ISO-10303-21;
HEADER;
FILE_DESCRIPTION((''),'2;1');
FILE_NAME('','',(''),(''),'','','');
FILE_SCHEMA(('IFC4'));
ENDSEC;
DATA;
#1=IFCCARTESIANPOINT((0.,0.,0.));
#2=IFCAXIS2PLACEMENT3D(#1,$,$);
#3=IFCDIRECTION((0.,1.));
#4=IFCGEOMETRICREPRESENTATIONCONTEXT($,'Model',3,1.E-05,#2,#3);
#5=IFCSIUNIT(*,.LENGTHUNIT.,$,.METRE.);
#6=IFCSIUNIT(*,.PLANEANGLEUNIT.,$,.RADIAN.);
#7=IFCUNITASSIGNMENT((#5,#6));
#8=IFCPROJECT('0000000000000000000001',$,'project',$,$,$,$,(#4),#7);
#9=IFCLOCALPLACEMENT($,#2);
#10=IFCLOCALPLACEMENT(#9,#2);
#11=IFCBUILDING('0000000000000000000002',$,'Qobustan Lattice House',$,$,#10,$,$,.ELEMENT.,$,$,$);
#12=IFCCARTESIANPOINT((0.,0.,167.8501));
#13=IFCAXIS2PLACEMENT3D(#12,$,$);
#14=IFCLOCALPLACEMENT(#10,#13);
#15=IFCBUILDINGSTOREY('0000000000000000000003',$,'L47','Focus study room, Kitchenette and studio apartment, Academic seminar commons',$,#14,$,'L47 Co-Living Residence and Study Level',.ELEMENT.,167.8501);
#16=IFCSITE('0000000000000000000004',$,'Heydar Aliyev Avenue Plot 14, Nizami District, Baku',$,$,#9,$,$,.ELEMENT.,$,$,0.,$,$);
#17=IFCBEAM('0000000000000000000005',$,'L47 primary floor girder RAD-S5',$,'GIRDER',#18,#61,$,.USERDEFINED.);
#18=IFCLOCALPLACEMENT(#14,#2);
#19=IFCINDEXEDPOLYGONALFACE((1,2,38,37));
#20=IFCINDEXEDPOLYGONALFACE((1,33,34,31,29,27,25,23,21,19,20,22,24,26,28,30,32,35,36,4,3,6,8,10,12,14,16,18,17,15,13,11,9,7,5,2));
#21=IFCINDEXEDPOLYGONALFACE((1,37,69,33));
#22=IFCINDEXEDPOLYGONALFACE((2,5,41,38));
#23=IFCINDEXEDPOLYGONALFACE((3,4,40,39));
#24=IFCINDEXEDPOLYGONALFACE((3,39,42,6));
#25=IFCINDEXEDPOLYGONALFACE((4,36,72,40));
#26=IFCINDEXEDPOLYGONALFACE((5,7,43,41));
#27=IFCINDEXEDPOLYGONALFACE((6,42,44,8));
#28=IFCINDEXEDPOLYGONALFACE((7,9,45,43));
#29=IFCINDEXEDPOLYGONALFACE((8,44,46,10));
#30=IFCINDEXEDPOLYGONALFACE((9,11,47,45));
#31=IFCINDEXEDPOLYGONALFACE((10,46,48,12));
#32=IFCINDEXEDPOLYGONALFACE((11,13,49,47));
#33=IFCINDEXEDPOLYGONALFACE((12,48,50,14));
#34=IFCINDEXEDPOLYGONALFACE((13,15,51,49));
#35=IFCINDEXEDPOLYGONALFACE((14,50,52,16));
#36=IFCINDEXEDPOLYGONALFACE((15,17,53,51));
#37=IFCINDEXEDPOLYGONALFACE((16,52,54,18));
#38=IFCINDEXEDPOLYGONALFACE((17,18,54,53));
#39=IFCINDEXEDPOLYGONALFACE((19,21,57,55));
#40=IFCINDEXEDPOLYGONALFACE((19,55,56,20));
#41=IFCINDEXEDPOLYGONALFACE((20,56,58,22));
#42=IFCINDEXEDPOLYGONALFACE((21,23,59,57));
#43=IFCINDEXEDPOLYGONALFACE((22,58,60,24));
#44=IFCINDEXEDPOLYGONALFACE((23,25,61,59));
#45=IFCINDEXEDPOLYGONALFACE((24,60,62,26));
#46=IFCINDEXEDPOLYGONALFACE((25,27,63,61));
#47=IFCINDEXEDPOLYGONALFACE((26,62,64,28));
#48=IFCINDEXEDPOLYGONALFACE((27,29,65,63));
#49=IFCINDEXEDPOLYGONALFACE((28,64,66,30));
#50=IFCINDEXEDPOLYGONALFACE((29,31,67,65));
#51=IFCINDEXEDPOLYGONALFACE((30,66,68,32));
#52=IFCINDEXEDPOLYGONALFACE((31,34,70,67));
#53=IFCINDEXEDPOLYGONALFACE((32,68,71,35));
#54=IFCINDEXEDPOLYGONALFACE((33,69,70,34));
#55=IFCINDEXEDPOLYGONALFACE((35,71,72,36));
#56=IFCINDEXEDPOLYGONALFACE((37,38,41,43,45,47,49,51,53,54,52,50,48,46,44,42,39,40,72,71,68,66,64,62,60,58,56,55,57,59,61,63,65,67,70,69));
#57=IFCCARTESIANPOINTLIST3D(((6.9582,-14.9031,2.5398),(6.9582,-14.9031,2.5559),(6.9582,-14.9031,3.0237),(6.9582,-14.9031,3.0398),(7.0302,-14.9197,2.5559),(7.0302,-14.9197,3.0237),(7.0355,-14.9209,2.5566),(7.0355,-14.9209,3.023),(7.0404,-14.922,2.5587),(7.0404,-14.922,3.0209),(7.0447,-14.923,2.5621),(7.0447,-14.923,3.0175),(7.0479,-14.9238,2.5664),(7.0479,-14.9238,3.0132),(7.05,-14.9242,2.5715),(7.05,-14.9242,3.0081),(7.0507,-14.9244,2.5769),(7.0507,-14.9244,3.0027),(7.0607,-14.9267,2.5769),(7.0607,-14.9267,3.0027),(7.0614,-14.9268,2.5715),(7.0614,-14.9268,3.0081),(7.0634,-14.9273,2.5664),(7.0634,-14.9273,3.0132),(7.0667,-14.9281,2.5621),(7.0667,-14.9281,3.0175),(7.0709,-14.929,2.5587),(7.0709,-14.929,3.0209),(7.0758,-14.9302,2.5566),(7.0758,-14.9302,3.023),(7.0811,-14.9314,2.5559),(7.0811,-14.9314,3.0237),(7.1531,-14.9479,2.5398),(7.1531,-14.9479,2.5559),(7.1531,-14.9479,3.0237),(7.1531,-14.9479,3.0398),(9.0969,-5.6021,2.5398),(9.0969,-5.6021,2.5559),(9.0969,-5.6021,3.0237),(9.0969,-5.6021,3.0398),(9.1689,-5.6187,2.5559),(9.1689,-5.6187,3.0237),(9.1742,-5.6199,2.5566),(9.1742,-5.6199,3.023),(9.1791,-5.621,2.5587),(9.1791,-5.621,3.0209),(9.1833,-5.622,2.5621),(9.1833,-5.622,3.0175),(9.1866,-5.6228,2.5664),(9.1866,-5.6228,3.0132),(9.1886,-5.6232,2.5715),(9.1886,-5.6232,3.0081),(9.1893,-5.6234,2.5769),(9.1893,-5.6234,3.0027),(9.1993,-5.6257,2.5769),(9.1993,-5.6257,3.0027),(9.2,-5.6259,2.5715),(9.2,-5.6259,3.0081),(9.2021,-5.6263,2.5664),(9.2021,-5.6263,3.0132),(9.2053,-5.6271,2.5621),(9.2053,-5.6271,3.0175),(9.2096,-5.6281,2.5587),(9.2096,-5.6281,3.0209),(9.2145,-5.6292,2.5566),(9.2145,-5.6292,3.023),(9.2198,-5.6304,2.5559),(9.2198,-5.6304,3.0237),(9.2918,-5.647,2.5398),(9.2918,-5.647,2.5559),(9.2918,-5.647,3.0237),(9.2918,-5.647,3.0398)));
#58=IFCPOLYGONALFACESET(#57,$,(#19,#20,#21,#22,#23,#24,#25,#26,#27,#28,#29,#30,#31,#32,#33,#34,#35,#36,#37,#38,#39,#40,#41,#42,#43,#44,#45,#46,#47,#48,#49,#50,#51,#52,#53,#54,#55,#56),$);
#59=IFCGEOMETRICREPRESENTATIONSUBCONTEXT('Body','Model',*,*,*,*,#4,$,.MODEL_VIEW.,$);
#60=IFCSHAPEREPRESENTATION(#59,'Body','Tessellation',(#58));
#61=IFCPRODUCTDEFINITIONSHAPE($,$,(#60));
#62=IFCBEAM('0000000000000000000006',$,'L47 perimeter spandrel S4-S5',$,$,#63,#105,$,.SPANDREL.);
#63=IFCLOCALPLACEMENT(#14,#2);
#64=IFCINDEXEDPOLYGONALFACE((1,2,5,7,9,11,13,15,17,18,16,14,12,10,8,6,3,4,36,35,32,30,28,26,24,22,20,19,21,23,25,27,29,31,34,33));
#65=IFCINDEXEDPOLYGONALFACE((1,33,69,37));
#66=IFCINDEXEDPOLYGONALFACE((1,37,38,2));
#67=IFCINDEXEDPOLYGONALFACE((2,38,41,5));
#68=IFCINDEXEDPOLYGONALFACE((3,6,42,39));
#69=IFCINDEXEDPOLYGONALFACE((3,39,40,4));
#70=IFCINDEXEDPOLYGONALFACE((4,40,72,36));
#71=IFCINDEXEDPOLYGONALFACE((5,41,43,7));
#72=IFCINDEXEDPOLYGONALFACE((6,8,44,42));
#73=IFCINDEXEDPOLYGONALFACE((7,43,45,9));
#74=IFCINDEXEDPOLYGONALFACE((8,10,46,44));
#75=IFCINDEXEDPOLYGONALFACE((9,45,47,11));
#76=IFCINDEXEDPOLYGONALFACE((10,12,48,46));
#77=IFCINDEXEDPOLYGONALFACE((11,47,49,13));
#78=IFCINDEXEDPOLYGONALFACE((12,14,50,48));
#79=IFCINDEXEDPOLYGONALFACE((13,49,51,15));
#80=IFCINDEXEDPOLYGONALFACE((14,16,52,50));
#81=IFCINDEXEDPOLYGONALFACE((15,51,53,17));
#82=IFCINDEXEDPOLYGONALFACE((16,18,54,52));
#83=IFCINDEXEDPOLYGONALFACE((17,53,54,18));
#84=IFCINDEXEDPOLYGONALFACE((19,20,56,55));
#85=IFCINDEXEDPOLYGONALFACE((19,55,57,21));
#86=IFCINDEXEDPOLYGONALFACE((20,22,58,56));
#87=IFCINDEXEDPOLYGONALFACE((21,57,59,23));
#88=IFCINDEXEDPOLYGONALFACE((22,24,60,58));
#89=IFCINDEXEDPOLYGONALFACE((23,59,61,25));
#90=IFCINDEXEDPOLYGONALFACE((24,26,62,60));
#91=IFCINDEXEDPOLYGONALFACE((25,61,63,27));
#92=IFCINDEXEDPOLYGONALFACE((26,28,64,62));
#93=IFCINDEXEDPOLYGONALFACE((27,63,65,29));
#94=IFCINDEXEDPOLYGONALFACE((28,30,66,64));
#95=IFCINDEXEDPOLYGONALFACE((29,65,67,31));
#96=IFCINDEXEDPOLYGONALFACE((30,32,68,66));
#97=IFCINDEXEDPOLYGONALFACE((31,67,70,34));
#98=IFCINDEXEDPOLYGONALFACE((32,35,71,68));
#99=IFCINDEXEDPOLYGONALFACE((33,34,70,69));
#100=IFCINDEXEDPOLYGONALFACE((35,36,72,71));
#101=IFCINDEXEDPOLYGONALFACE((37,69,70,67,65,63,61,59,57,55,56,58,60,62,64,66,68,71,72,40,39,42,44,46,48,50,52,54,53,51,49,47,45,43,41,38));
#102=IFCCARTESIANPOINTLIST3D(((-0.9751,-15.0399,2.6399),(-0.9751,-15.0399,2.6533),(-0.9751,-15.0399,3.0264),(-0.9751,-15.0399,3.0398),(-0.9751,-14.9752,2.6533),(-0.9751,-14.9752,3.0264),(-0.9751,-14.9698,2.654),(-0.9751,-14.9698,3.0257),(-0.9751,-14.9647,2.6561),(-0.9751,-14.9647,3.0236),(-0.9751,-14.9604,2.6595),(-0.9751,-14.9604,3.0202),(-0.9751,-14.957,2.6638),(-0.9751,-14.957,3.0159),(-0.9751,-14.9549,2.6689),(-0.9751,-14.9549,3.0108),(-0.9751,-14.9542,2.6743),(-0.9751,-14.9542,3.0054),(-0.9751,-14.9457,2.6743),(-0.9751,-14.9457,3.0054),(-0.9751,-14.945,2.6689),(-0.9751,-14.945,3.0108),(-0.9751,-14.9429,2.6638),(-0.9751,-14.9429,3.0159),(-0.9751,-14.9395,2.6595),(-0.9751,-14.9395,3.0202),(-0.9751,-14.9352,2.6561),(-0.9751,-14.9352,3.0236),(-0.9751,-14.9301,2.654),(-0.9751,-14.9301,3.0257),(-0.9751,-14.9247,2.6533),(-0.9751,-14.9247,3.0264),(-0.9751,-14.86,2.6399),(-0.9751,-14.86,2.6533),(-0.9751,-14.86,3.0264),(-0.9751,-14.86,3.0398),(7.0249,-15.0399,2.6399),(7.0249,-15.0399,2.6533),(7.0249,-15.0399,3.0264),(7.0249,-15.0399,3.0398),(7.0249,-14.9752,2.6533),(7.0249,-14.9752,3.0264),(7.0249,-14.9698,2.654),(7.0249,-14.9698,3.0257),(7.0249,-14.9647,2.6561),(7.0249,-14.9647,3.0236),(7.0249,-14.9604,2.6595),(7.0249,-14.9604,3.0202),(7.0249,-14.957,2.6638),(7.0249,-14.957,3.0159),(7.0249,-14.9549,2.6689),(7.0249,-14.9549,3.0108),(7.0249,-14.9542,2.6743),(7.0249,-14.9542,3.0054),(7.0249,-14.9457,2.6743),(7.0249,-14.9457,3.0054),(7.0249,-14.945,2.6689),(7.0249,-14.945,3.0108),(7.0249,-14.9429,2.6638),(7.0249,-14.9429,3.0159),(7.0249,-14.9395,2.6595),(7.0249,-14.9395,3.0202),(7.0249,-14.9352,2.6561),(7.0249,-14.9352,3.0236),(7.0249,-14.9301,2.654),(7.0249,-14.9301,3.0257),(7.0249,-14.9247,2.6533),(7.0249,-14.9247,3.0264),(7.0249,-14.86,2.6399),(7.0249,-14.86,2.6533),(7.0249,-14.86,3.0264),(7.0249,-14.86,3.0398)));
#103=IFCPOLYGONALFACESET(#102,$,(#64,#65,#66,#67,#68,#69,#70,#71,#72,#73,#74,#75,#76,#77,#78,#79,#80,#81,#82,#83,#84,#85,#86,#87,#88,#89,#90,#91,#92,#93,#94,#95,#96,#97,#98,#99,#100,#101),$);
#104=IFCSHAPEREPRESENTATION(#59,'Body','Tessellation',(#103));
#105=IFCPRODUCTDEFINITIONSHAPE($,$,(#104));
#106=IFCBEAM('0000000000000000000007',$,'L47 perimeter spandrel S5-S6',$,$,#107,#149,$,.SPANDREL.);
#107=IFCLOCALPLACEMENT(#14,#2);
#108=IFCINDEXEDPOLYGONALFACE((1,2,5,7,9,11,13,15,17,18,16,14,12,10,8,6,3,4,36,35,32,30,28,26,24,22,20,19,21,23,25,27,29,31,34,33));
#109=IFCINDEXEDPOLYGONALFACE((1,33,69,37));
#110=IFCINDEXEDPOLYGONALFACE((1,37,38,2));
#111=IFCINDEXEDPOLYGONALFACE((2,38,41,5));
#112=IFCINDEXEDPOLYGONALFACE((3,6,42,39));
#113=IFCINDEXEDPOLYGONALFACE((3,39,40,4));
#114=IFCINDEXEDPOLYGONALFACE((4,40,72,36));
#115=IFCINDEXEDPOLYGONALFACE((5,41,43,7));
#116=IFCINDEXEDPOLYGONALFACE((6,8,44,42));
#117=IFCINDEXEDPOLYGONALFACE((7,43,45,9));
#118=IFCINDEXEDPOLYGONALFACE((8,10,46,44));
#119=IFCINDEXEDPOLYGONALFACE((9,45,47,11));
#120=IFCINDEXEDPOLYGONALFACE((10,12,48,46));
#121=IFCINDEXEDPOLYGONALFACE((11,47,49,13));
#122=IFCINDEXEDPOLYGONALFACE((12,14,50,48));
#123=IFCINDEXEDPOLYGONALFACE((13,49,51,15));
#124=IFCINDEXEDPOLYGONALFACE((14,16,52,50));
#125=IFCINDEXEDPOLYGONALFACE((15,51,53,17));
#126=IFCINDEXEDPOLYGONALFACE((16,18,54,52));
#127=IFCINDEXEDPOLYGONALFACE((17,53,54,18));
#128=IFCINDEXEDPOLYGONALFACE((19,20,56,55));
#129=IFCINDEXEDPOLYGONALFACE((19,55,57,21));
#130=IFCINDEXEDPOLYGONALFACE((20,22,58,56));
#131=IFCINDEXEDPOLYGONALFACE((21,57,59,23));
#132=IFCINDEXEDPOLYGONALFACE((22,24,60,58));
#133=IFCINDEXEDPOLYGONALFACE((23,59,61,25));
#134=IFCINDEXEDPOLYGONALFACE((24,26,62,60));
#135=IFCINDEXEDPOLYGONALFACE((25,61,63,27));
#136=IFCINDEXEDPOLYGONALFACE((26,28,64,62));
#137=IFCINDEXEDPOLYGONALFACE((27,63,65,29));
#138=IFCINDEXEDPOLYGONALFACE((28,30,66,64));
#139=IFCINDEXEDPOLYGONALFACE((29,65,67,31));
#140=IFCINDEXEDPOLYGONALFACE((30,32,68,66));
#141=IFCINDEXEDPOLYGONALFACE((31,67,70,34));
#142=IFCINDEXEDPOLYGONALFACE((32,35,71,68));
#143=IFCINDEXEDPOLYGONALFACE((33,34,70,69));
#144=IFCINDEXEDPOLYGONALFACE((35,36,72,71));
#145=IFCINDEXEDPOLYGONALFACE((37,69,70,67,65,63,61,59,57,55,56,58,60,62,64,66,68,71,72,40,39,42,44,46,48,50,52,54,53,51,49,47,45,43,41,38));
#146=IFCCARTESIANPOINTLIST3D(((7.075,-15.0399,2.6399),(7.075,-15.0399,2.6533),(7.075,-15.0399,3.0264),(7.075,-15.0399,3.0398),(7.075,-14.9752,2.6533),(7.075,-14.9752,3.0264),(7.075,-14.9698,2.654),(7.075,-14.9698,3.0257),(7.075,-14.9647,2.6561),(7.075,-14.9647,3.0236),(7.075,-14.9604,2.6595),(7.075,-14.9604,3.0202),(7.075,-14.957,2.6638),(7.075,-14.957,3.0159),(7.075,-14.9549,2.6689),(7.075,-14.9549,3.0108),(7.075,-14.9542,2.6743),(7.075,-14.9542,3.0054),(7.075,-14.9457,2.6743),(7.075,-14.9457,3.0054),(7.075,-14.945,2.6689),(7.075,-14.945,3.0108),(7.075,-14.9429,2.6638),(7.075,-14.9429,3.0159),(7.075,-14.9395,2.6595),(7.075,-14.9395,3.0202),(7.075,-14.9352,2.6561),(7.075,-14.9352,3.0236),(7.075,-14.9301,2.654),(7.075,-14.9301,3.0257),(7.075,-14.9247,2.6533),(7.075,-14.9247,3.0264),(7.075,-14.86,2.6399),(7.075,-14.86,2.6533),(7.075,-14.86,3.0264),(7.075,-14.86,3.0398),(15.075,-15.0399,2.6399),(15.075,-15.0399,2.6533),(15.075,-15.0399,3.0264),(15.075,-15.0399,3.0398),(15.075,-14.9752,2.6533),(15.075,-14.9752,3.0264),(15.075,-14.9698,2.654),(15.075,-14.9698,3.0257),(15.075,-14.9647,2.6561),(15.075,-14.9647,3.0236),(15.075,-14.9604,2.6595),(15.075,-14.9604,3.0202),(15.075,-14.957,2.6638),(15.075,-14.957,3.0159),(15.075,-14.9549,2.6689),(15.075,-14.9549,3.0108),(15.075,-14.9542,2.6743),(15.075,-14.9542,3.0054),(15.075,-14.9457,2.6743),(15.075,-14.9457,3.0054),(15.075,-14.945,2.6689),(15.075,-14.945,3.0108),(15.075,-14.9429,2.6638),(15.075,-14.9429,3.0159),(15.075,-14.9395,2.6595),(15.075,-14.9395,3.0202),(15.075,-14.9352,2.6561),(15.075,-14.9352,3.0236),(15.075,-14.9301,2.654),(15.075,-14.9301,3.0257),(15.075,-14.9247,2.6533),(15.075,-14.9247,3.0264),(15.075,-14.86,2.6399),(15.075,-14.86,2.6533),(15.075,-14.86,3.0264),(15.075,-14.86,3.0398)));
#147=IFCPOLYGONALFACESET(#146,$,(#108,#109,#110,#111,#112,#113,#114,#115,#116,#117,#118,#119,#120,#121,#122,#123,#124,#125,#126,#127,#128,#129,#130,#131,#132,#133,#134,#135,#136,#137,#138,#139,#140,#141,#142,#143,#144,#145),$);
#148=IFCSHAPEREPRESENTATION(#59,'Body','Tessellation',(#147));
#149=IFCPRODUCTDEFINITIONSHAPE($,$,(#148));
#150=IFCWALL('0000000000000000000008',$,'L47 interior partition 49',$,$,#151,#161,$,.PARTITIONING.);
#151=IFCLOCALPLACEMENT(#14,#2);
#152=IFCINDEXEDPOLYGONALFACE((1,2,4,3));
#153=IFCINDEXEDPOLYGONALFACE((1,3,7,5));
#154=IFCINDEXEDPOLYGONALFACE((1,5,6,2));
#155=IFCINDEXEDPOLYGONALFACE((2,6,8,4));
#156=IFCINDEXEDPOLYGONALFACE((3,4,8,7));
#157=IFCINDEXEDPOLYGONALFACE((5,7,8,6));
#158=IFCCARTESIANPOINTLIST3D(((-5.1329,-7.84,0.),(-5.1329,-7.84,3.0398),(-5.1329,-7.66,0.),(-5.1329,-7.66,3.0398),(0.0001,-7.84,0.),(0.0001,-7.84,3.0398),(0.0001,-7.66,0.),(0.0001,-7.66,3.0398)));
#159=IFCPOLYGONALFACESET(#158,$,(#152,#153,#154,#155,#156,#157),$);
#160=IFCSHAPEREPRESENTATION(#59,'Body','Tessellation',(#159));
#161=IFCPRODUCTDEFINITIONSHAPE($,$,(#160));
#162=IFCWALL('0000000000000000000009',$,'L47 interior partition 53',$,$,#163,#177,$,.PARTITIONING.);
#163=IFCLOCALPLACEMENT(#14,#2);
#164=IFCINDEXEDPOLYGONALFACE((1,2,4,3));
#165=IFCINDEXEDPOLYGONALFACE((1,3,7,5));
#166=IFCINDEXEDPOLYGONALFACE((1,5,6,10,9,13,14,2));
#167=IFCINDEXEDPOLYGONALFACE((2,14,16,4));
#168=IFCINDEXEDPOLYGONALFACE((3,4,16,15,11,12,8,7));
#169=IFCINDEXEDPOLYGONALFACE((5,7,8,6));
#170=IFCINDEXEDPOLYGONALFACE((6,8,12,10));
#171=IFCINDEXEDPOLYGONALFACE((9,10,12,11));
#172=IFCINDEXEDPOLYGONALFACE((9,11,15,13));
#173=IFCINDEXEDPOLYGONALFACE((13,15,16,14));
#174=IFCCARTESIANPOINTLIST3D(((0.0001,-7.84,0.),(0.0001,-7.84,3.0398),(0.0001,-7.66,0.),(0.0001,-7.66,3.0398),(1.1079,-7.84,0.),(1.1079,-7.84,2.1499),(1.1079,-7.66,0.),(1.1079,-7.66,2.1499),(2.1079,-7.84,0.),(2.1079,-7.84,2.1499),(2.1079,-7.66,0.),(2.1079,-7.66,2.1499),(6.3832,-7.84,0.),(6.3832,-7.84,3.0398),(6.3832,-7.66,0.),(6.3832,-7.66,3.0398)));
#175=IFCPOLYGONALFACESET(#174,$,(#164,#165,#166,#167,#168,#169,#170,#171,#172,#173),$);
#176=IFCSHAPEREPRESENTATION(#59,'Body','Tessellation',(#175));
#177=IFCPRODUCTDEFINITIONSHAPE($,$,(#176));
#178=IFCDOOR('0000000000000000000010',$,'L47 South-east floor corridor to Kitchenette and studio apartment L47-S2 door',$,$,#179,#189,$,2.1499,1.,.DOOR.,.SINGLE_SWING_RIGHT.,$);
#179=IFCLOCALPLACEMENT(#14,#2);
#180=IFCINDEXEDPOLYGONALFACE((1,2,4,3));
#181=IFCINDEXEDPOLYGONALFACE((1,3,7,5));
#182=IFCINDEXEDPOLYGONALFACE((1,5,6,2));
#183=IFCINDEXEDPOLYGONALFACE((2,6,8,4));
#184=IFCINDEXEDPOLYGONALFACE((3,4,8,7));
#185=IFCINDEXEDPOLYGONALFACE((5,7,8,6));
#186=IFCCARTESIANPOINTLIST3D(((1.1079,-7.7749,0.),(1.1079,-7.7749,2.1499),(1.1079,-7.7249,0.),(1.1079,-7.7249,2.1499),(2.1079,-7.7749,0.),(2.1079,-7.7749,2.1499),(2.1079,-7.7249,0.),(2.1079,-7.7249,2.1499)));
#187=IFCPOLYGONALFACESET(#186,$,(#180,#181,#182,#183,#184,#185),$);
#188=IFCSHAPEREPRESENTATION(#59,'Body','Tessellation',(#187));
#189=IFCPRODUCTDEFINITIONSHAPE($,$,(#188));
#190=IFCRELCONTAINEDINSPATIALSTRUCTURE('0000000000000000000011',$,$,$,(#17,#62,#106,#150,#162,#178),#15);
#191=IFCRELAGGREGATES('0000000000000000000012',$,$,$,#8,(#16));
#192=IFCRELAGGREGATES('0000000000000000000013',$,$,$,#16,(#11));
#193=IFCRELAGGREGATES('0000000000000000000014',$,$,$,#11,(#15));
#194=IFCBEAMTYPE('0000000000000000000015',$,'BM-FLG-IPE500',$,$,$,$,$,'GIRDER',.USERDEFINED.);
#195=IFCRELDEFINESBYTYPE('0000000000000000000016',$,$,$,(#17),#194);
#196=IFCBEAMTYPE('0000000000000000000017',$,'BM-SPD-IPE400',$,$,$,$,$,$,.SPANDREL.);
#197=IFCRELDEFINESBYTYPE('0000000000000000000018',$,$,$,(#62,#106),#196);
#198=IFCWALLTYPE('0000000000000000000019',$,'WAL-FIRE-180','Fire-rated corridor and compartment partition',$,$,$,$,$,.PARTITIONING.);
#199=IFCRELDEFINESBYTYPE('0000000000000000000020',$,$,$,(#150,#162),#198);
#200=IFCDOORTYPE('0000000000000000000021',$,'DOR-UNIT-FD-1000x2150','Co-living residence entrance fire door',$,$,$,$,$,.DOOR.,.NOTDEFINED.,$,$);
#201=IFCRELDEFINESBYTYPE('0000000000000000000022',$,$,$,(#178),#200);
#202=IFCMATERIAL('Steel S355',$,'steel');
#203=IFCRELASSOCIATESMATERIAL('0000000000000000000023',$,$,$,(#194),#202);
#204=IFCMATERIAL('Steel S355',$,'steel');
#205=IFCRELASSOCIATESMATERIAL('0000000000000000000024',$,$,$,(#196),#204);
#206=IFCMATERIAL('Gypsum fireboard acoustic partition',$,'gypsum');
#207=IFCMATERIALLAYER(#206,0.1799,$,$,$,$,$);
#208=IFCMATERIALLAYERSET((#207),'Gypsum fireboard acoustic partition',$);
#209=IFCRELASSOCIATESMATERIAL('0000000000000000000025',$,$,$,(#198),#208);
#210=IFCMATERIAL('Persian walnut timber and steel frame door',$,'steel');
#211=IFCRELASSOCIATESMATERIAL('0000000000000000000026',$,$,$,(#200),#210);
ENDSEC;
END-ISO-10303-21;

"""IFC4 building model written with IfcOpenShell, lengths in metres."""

from ifc_helpers import new_model, si_unit, direction, frame, frame_2d, origin, origin_2d, place, context, subcontext, project, spatial, rectangle, i_section, extrude, material, layer, layer_set, material_profile, profile_set, type_object, element, fill, save


model = new_model("IFC4")

# Units and contexts
model_context = context("Model", 3, precision=1e-05, world=origin(), true_north=direction((0.0, 1.0)))
body_context = subcontext(model_context, "Body", "Model", "MODEL_VIEW")
ifc_project = project(units=[si_unit("LENGTHUNIT", "METRE"), si_unit("PLANEANGLEUNIT", "RADIAN")], contexts=[model_context])

# Site, building, storey
site_placement = place(None, origin())
site = spatial("IfcSite", under=ifc_project, at=site_placement, Name="Heydar Aliyev Avenue Plot 14, Nizami District, Baku", CompositionType="ELEMENT", RefElevation=0.0)
building_placement = place(site_placement, origin())
building = spatial("IfcBuilding", under=site, at=building_placement, Name="Qobustan Lattice House", CompositionType="ELEMENT")
storey_placement = place(building_placement, frame((0.0, 0.0, 167.8501)))
storey = spatial("IfcBuildingStorey", under=building, at=storey_placement, Name="L47", Description="Focus study room, Kitchenette and studio apartment, Academic seminar commons", LongName="L47 Co-Living Residence and Study Level", CompositionType="ELEMENT", Elevation=167.8501)

# Beams
ifc_material_1 = material(Name="Steel S355", Category="steel")
ifc_material_profile_1 = material_profile(ifc_material_1, i_section(OverallWidth=0.2, OverallDepth=0.5, WebThickness=0.0103, FlangeThickness=0.0161, FilletRadius=0.021, at=origin_2d()), Name="IPE500")
ifc_profile_set_1 = profile_set([ifc_material_profile_1], Name="Steel S355")
beam_type_1 = type_object("IfcBeamType", Name="BM-FLG-IPE500", ElementType="GIRDER", PredefinedType="USERDEFINED", material=ifc_profile_set_1)
beam_1_placement = place(storey_placement, frame((7.0557, -14.9255, 2.7898), z_axis=(0.224092, 0.974568, 0.0), x_axis=(-0.974568, 0.224092, 0.0)))
element("IfcBeam", 1, at=beam_1_placement, inside=storey, type_object=beam_type_1, Name="L47 primary floor girder RAD-S5", ObjectType="GIRDER", PredefinedType="USERDEFINED", context=body_context, shape_type="SweptSolid", body=[
    extrude(i_section(OverallWidth=0.2, OverallDepth=0.5, WebThickness=0.0103, FlangeThickness=0.0161, FilletRadius=0.021, at=origin_2d()), origin(), (0.0, 0.0, 1.0), 9.5437),
])
ifc_material_2 = material(Name="Steel S355", Category="steel")
ifc_material_profile_2 = material_profile(ifc_material_2, i_section(OverallWidth=0.1799, OverallDepth=0.3999, WebThickness=0.0085, FlangeThickness=0.0134, FilletRadius=0.021, at=origin_2d()), Name="IPE400")
ifc_profile_set_2 = profile_set([ifc_material_profile_2], Name="Steel S355")
beam_type_2 = type_object("IfcBeamType", Name="BM-SPD-IPE400", PredefinedType="SPANDREL", material=ifc_profile_set_2)
for number, where, z_axis, x_axis, name in (
    (2, (-0.9751, -14.95, 2.8398), (1.0, 0.0, 0.0), (0.0, 1.0, 0.0), "L47 perimeter spandrel S4-S5"),
    (3, (7.075, -14.95, 2.8398), (1.0, 0.0, 0.0), (0.0, 1.0, 0.0), "L47 perimeter spandrel S5-S6"),
):
    element("IfcBeam", number, at=place(storey_placement, frame(where, z_axis=z_axis, x_axis=x_axis)), inside=storey, type_object=beam_type_2, Name=name, PredefinedType="SPANDREL", context=body_context, shape_type="SweptSolid", body=[
        extrude(i_section(OverallWidth=0.1799, OverallDepth=0.3999, WebThickness=0.0085, FlangeThickness=0.0134, FilletRadius=0.021, at=origin_2d()), origin(), (0.0, 0.0, 1.0), 8.0),
    ])

# Wall
ifc_material_3 = material(Name="Gypsum fireboard acoustic partition", Category="gypsum")
ifc_layer_1 = layer(ifc_material_3, 0.1799)
ifc_layer_set_1 = layer_set([ifc_layer_1], Name="Gypsum fireboard acoustic partition")
wall_type_1 = type_object("IfcWallType", Name="WAL-FIRE-180", Description="Fire-rated corridor and compartment partition", PredefinedType="PARTITIONING", material=ifc_layer_set_1)
wall_1_placement = place(storey_placement, frame((0.0, -7.75, 0.0), z_axis=(0.0, 0.0, 1.0), x_axis=(-1.0, 0.0, 0.0)))
element("IfcWall", 4, at=wall_1_placement, inside=storey, type_object=wall_type_1, Name="L47 interior partition 49", PredefinedType="PARTITIONING", context=body_context, shape_type="SweptSolid", body=[
    extrude(rectangle(XDim=5.1331, YDim=0.1799, at=frame_2d((2.5664, 0.0))), origin(), (0.0, 0.0, 1.0), 3.0398),
])

# Wall, opening, door
wall_2_placement = place(storey_placement, frame((6.3831, -7.75, 0.0), z_axis=(0.0, 0.0, 1.0), x_axis=(-1.0, 0.0, 0.0)))
wall_2 = element("IfcWall", 5, at=wall_2_placement, inside=storey, type_object=wall_type_1, Name="L47 interior partition 53", PredefinedType="PARTITIONING", context=body_context, shape_type="SweptSolid", body=[
    extrude(rectangle(XDim=6.3831, YDim=0.1799, at=frame_2d((3.1914, 0.0))), origin(), (0.0, 0.0, 1.0), 3.0398),
])
opening_1_placement = place(wall_2_placement, frame((4.2751, 0.0, 0.0)))
opening_1 = element("IfcOpeningElement", 6, at=opening_1_placement, cuts=wall_2, PredefinedType="OPENING", context=body_context, shape_type="SweptSolid", body=[
    extrude(rectangle(XDim=1.0, YDim=2.1499, at=frame_2d((0.5, 1.075))), frame((0.0, 0.0999, 0.0), z_axis=(0.0, -1.0, 0.0), x_axis=(1.0, 0.0, 0.0)), (0.0, 0.0, 1.0), 0.2),
])
ifc_material_4 = material(Name="Persian walnut timber and steel frame door", Category="steel")
door_type_1 = type_object("IfcDoorType", Name="DOR-UNIT-FD-1000x2150", Description="Co-living residence entrance fire door", OperationType="NOTDEFINED", PredefinedType="DOOR", material=ifc_material_4)
door_1_placement = place(opening_1_placement, origin())
door_1 = element("IfcDoor", 7, at=door_1_placement, inside=storey, type_object=door_type_1, Name="L47 South-east floor corridor to Kitchenette and studio apartment L47-S2 door", OperationType="SINGLE_SWING_RIGHT", OverallHeight=2.1499, OverallWidth=1.0, PredefinedType="DOOR", context=body_context, shape_type="SweptSolid", body=[
    extrude(rectangle(XDim=1.0, YDim=2.1499, at=frame_2d((0.5, 1.075))), frame((0.0, 0.0249, 0.0), z_axis=(0.0, -1.0, 0.0), x_axis=(1.0, 0.0, 0.0)), (0.0, 0.0, 1.0), 0.05),
])
fill(opening_1, door_1)

save(model, "model.ifc")
